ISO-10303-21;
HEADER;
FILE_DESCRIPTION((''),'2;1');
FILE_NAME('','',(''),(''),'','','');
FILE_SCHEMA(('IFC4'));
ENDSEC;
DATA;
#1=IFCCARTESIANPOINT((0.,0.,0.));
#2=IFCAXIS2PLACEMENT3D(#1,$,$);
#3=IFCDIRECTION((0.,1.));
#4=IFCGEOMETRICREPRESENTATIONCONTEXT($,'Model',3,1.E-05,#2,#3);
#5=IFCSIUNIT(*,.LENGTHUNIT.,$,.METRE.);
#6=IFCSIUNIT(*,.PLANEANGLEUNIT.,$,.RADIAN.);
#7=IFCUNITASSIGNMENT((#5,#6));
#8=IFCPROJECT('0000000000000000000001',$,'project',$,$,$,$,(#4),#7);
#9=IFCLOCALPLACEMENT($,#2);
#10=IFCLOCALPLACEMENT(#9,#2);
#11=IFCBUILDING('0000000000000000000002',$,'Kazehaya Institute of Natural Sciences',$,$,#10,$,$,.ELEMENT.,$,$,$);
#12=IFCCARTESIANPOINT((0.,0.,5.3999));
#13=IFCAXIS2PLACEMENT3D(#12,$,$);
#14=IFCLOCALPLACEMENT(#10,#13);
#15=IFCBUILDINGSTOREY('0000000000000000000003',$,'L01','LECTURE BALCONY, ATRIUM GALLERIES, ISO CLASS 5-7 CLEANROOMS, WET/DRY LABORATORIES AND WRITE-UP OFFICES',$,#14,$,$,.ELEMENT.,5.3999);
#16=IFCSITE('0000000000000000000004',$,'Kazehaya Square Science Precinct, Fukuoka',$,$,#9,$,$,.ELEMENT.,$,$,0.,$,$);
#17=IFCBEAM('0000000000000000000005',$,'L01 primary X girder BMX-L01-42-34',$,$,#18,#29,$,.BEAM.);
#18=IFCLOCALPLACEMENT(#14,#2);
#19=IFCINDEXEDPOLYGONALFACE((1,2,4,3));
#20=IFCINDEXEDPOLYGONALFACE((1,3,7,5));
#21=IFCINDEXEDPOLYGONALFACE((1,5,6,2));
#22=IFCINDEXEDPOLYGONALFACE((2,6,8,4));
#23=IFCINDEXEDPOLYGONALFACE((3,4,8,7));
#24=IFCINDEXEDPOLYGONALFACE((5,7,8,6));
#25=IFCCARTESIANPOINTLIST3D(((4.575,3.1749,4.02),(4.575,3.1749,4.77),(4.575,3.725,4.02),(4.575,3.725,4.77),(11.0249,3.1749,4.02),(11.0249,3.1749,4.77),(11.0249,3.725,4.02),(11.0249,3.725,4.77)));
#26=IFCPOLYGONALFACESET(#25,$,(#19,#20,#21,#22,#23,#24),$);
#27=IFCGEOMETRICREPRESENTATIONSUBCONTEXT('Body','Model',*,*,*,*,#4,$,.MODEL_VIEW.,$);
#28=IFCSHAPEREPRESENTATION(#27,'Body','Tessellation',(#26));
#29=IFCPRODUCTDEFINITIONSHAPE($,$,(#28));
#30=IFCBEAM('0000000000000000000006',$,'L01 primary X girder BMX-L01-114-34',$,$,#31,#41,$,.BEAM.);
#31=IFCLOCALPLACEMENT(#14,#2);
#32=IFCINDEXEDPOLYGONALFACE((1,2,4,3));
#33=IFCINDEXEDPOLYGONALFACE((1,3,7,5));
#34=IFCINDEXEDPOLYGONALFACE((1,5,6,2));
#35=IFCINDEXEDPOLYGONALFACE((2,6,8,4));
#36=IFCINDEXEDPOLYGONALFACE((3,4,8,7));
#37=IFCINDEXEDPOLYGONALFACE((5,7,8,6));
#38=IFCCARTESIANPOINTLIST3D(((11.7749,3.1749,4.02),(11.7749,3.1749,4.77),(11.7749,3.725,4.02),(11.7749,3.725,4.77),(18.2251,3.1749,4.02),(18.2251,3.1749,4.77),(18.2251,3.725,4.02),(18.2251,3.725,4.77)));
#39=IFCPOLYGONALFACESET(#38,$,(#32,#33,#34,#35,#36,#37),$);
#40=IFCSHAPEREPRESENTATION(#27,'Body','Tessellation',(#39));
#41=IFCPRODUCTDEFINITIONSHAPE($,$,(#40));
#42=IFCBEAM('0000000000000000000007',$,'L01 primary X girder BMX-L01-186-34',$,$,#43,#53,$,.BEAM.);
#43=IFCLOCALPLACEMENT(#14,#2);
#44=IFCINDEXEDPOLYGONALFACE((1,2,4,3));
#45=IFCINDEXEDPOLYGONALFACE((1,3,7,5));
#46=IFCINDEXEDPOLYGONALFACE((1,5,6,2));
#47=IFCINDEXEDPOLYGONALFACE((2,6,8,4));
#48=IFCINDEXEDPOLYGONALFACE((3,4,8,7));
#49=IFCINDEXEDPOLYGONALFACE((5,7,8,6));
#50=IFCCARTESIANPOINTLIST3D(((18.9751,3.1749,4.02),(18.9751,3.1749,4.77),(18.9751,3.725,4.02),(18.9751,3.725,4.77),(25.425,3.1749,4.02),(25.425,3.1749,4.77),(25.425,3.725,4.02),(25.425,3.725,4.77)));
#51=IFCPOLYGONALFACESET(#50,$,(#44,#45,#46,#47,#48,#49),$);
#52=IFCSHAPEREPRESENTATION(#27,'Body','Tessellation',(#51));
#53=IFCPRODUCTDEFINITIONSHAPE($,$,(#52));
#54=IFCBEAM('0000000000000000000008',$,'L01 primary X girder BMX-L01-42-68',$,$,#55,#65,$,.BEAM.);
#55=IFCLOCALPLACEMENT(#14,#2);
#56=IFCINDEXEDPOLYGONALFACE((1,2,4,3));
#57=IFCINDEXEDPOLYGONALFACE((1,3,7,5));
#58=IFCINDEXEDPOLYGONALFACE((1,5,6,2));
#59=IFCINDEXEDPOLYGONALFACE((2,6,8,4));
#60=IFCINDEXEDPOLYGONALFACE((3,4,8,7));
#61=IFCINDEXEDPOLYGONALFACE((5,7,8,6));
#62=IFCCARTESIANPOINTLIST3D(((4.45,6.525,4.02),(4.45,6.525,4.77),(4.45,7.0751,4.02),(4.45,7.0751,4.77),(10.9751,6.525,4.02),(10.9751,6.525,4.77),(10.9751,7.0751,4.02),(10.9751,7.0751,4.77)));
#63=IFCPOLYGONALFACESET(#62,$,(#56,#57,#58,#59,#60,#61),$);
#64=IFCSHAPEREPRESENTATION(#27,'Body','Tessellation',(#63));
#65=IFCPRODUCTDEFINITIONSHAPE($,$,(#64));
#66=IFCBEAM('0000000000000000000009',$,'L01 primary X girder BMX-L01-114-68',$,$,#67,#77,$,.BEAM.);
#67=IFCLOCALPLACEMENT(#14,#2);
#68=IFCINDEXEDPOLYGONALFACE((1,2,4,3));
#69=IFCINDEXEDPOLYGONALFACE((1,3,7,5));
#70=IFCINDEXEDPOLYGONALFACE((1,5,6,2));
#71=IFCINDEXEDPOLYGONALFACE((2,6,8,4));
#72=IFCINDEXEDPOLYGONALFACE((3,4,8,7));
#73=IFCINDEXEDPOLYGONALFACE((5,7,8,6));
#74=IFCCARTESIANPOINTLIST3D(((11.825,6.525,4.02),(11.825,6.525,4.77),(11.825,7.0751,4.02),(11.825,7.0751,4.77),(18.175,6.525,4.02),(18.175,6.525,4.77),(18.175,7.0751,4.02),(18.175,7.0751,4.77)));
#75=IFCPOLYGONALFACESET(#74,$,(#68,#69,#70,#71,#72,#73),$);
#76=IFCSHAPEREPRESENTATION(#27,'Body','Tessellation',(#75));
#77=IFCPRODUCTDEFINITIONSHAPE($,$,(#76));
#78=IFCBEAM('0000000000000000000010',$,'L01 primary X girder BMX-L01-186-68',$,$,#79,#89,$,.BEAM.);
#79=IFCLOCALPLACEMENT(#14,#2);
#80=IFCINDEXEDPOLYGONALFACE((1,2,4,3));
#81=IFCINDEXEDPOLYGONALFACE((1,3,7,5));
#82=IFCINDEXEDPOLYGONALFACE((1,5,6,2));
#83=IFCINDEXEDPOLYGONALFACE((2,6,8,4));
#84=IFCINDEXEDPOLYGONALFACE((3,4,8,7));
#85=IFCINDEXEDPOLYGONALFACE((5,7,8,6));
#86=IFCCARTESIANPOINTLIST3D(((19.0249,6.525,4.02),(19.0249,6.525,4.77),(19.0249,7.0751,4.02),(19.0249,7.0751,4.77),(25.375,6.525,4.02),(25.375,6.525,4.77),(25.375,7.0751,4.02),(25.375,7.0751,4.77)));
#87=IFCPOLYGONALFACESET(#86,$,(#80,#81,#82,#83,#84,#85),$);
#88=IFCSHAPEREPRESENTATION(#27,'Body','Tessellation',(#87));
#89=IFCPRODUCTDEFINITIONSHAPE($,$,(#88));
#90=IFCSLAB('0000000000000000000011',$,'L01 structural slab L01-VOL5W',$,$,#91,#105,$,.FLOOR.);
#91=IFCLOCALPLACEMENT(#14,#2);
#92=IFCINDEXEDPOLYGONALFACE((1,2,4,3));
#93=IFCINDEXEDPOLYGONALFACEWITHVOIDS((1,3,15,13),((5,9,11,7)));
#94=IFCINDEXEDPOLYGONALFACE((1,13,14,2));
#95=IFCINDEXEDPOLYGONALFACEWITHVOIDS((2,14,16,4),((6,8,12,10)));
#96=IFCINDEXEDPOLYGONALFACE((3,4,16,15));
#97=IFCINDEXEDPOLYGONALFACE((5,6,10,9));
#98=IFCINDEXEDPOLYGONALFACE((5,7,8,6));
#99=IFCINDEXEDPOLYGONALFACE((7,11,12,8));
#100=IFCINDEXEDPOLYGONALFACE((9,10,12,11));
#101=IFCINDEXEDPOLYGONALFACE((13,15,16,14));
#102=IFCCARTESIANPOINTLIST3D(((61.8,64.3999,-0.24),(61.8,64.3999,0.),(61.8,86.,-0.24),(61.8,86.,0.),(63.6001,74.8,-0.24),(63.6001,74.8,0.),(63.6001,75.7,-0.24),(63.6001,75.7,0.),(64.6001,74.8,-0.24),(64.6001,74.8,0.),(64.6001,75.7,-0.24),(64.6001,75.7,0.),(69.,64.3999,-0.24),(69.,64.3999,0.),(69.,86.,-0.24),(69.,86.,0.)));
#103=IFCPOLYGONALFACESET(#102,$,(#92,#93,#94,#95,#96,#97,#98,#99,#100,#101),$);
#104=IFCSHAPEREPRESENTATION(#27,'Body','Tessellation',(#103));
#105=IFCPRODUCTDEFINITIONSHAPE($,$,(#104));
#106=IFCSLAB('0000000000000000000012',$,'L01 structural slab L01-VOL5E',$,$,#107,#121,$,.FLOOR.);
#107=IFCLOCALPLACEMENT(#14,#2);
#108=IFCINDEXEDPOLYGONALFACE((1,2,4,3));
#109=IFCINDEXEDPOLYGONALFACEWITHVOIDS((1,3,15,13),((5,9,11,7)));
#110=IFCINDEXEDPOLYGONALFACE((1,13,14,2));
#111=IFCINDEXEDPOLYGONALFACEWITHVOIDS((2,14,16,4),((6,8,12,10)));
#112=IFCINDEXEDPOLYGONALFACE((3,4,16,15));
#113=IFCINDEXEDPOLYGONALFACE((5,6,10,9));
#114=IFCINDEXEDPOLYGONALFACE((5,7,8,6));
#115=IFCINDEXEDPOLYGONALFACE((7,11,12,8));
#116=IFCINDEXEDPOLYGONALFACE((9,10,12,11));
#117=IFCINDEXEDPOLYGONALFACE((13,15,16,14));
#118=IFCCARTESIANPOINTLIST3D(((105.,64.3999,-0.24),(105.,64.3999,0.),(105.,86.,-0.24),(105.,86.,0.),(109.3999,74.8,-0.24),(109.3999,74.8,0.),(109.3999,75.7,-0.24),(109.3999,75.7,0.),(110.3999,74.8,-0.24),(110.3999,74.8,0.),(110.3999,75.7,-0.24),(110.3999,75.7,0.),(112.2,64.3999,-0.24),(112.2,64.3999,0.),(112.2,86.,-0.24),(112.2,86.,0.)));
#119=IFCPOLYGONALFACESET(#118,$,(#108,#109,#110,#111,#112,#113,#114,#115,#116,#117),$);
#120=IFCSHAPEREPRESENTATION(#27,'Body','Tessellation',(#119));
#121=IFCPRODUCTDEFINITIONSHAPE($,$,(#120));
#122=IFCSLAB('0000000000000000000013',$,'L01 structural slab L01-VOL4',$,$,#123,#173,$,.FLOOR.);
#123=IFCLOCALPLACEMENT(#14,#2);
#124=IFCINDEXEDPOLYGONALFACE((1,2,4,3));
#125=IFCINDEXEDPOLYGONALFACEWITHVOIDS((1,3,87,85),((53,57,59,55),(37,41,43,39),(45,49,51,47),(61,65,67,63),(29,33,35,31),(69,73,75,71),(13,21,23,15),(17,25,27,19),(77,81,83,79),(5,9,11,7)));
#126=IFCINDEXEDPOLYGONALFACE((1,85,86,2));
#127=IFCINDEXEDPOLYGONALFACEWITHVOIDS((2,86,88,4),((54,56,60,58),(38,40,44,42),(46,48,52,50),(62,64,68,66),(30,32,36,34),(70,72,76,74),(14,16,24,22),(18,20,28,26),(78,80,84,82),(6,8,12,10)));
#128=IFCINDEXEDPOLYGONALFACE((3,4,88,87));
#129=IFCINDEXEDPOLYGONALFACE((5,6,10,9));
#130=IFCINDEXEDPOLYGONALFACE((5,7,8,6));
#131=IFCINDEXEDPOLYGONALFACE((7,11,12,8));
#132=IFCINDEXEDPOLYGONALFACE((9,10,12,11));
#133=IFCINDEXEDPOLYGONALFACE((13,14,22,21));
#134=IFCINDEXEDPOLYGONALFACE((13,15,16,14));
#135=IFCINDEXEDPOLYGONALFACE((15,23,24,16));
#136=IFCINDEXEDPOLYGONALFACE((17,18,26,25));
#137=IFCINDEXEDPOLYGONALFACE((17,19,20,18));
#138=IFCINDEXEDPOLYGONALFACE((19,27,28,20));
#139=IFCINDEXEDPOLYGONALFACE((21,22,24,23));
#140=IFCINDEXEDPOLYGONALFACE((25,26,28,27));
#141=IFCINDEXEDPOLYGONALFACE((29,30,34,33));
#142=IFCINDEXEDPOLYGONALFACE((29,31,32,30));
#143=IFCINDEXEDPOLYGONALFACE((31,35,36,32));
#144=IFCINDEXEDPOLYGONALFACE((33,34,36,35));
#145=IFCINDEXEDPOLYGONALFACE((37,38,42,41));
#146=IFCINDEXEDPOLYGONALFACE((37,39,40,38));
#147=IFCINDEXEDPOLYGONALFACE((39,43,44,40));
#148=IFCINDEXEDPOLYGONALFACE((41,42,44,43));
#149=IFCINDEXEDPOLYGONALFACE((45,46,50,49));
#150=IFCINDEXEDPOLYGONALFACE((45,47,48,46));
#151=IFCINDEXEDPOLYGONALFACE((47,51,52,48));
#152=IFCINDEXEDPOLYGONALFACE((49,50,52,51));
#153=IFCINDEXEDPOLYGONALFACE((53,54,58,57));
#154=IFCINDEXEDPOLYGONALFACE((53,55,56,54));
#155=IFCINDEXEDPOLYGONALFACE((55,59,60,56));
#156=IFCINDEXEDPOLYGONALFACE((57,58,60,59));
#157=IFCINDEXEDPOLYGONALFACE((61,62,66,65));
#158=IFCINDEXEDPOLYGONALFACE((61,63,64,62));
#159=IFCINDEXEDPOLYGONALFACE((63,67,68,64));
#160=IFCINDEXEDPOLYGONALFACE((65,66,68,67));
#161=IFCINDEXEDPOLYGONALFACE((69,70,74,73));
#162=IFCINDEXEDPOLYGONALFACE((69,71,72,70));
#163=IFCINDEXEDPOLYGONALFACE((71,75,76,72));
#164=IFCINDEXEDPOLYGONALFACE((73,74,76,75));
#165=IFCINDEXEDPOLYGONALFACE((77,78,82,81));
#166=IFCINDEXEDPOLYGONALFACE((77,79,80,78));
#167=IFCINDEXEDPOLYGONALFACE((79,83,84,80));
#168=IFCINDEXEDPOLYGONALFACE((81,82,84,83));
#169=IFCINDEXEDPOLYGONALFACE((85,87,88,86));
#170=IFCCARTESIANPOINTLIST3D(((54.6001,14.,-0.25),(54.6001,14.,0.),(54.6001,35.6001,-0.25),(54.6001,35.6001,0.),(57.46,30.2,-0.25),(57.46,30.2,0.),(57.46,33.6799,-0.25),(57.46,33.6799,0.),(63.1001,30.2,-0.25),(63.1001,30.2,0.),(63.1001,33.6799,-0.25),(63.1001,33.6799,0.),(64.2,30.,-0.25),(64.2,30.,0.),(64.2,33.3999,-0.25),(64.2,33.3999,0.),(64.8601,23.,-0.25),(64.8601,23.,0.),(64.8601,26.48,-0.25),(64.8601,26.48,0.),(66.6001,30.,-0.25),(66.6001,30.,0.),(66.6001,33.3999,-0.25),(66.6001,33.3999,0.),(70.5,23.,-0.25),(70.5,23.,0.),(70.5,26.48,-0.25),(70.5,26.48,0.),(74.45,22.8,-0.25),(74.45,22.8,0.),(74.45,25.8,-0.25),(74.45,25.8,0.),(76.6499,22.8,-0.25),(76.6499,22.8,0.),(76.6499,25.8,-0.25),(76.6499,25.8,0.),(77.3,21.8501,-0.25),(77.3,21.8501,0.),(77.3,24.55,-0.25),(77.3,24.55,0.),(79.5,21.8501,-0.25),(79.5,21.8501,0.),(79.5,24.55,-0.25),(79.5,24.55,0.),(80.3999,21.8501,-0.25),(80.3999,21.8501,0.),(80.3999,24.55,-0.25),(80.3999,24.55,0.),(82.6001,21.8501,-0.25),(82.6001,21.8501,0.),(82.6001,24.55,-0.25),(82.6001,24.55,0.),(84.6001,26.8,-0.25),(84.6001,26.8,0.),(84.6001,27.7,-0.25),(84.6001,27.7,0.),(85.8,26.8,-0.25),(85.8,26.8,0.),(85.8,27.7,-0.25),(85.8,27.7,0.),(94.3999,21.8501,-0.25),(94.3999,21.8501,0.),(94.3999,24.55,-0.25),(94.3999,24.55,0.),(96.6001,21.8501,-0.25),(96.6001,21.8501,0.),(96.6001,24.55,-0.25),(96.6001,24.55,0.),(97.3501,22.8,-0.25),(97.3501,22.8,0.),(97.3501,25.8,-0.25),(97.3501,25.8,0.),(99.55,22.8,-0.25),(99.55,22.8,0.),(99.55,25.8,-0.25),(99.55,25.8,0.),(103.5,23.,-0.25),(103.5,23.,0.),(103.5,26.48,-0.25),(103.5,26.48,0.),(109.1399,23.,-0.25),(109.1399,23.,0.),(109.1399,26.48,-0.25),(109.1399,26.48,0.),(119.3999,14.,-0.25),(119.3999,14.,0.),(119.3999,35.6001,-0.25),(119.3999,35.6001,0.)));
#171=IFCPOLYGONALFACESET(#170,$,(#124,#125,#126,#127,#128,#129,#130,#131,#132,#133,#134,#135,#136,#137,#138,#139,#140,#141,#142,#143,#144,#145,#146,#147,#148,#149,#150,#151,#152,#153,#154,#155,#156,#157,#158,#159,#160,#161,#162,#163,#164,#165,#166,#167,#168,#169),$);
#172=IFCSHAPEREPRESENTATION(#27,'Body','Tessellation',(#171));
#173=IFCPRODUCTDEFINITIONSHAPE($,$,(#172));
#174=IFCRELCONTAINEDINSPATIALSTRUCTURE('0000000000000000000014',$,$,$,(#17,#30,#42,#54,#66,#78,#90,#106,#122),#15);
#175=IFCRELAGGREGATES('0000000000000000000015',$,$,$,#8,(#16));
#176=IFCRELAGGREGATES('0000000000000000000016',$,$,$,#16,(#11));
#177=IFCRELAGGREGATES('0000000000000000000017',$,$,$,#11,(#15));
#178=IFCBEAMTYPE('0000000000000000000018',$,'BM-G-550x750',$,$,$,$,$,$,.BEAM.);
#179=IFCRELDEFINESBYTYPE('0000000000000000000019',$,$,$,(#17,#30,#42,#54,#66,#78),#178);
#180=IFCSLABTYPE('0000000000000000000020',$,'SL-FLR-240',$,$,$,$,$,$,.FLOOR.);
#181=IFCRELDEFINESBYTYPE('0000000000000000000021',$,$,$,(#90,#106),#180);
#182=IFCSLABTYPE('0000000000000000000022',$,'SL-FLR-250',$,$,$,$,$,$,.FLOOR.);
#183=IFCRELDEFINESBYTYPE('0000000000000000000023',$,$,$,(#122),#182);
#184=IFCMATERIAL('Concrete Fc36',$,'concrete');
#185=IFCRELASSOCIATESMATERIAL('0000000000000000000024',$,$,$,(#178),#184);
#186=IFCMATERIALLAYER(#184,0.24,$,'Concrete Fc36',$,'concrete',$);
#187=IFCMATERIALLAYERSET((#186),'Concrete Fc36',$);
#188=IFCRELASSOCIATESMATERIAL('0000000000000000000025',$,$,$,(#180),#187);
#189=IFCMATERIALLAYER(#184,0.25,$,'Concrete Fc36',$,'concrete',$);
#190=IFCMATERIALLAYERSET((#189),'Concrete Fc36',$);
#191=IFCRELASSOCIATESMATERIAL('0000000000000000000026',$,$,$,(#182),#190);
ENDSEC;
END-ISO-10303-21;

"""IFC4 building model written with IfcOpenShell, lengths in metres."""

from ifc_helpers import new_model, si_unit, direction, frame, origin, origin_2d, place, context, subcontext, project, spatial, polyline, rectangle, outline, extrude, material, layer, layer_set, material_profile, profile_set, type_object, element, save


model = new_model("IFC4")

# Units and contexts
model_context = context("Model", 3, precision=1e-05, world=origin(), true_north=direction((0.0, 1.0)))
body_context = subcontext(model_context, "Body", "Model", "MODEL_VIEW")
ifc_project = project(units=[si_unit("LENGTHUNIT", "METRE"), si_unit("PLANEANGLEUNIT", "RADIAN")], contexts=[model_context])

# Site, building, storey
site_placement = place(None, origin())
site = spatial("IfcSite", under=ifc_project, at=site_placement, Name="Kazehaya Square Science Precinct, Fukuoka", CompositionType="ELEMENT", RefElevation=0.0)
building_placement = place(site_placement, origin())
building = spatial("IfcBuilding", under=site, at=building_placement, Name="Kazehaya Institute of Natural Sciences", CompositionType="ELEMENT")
storey_placement = place(building_placement, frame((0.0, 0.0, 5.3999)))
storey = spatial("IfcBuildingStorey", under=building, at=storey_placement, Name="L01", Description="LECTURE BALCONY, ATRIUM GALLERIES, ISO CLASS 5-7 CLEANROOMS, WET/DRY LABORATORIES AND WRITE-UP OFFICES", CompositionType="ELEMENT", Elevation=5.3999)

# Shared definitions
ifc_material_1 = material(Name="Concrete Fc36", Category="concrete")

# Beams
ifc_material_profile_1 = material_profile(ifc_material_1, rectangle(XDim=0.55, YDim=0.75, at=origin_2d()), Name="RC-550x750")
ifc_profile_set_1 = profile_set([ifc_material_profile_1], Name="Concrete Fc36")
beam_type_1 = type_object("IfcBeamType", Name="BM-G-550x750", PredefinedType="BEAM", material=ifc_profile_set_1)
beam_1_placement = place(storey_placement, frame((4.575, 3.45, 4.395), z_axis=(1.0, 0.0, 0.0), x_axis=(0.0, 1.0, 0.0)))
element("IfcBeam", 1, at=beam_1_placement, inside=storey, type_object=beam_type_1, Name="L01 primary X girder BMX-L01-42-34", PredefinedType="BEAM", context=body_context, shape_type="SweptSolid", body=[
    extrude(rectangle(XDim=0.55, YDim=0.75, at=origin_2d()), origin(), (0.0, 0.0, 1.0), 6.45),
])
beam_2_placement = place(storey_placement, frame((11.7749, 3.45, 4.395), z_axis=(1.0, 0.0, 0.0), x_axis=(0.0, 1.0, 0.0)))
element("IfcBeam", 2, at=beam_2_placement, inside=storey, type_object=beam_type_1, Name="L01 primary X girder BMX-L01-114-34", PredefinedType="BEAM", context=body_context, shape_type="SweptSolid", body=[
    extrude(rectangle(XDim=0.55, YDim=0.75, at=origin_2d()), origin(), (0.0, 0.0, 1.0), 6.4502),
])
beam_3_placement = place(storey_placement, frame((18.9751, 3.45, 4.395), z_axis=(1.0, 0.0, 0.0), x_axis=(0.0, 1.0, 0.0)))
element("IfcBeam", 3, at=beam_3_placement, inside=storey, type_object=beam_type_1, Name="L01 primary X girder BMX-L01-186-34", PredefinedType="BEAM", context=body_context, shape_type="SweptSolid", body=[
    extrude(rectangle(XDim=0.55, YDim=0.75, at=origin_2d()), origin(), (0.0, 0.0, 1.0), 6.45),
])
beam_4_placement = place(storey_placement, frame((4.45, 6.8, 4.395), z_axis=(1.0, 0.0, 0.0), x_axis=(0.0, 1.0, 0.0)))
element("IfcBeam", 4, at=beam_4_placement, inside=storey, type_object=beam_type_1, Name="L01 primary X girder BMX-L01-42-68", PredefinedType="BEAM", context=body_context, shape_type="SweptSolid", body=[
    extrude(rectangle(XDim=0.55, YDim=0.75, at=origin_2d()), origin(), (0.0, 0.0, 1.0), 6.5251),
])
for number, where, z_axis, x_axis, name in (
    (5, (11.825, 6.8, 4.395), (1.0, 0.0, 0.0), (0.0, 1.0, 0.0), "L01 primary X girder BMX-L01-114-68"),
    (6, (19.0249, 6.8, 4.395), (1.0, 0.0, 0.0), (0.0, 1.0, 0.0), "L01 primary X girder BMX-L01-186-68"),
):
    element("IfcBeam", number, at=place(storey_placement, frame(where, z_axis=z_axis, x_axis=x_axis)), inside=storey, type_object=beam_type_1, Name=name, PredefinedType="BEAM", context=body_context, shape_type="SweptSolid", body=[
        extrude(rectangle(XDim=0.55, YDim=0.75, at=origin_2d()), origin(), (0.0, 0.0, 1.0), 6.3501),
    ])

# Slabs
ifc_layer_1 = layer(ifc_material_1, 0.24, Name="Concrete Fc36", Category="concrete")
ifc_layer_set_1 = layer_set([ifc_layer_1], Name="Concrete Fc36")
slab_type_1 = type_object("IfcSlabType", Name="SL-FLR-240", PredefinedType="FLOOR", material=ifc_layer_set_1)
slab_1_placement = place(storey_placement, frame((0.0, 0.0, -0.24)))
element("IfcSlab", 7, at=slab_1_placement, inside=storey, type_object=slab_type_1, Name="L01 structural slab L01-VOL5W", PredefinedType="FLOOR", context=body_context, shape_type="SweptSolid", body=[
    extrude(outline(polyline([(61.8, 64.3999), (69.0, 64.3999), (69.0, 86.0), (61.8, 86.0), (61.8, 64.3999)]), holes=[polyline([(63.6001, 74.8), (64.6001, 74.8), (64.6001, 75.7), (63.6001, 75.7), (63.6001, 74.8)])]), origin(), (0.0, 0.0, 1.0), 0.24),
])
slab_2_placement = place(storey_placement, frame((0.0, 0.0, -0.24)))
element("IfcSlab", 8, at=slab_2_placement, inside=storey, type_object=slab_type_1, Name="L01 structural slab L01-VOL5E", PredefinedType="FLOOR", context=body_context, shape_type="SweptSolid", body=[
    extrude(outline(polyline([(105.0, 64.3999), (112.2, 64.3999), (112.2, 86.0), (105.0, 86.0), (105.0, 64.3999)]), holes=[polyline([(109.3999, 74.8), (110.3999, 74.8), (110.3999, 75.7), (109.3999, 75.7), (109.3999, 74.8)])]), origin(), (0.0, 0.0, 1.0), 0.24),
])
ifc_layer_2 = layer(ifc_material_1, 0.25, Name="Concrete Fc36", Category="concrete")
ifc_layer_set_2 = layer_set([ifc_layer_2], Name="Concrete Fc36")
slab_type_2 = type_object("IfcSlabType", Name="SL-FLR-250", PredefinedType="FLOOR", material=ifc_layer_set_2)
slab_3_placement = place(storey_placement, frame((0.0, 0.0, -0.25)))
element("IfcSlab", 9, at=slab_3_placement, inside=storey, type_object=slab_type_2, Name="L01 structural slab L01-VOL4", PredefinedType="FLOOR", context=body_context, shape_type="SweptSolid", body=[
    extrude(outline(polyline([(54.6001, 14.0), (119.3999, 14.0), (119.3999, 35.6001), (54.6001, 35.6001), (54.6001, 14.0)]), holes=[polyline([(84.6001, 26.8), (85.8, 26.8), (85.8, 27.7), (84.6001, 27.7), (84.6001, 26.8)]), polyline([(64.8601, 23.0), (70.5, 23.0), (70.5, 26.48), (64.8601, 26.48), (64.8601, 23.0)]), polyline([(103.5, 23.0), (109.1399, 23.0), (109.1399, 26.48), (103.5, 26.48), (103.5, 23.0)]), polyline([(57.46, 30.2), (63.1001, 30.2), (63.1001, 33.6799), (57.46, 33.6799), (57.46, 30.2)]), polyline([(74.45, 22.8), (76.6499, 22.8), (76.6499, 25.8), (74.45, 25.8), (74.45, 22.8)]), polyline([(97.3501, 22.8), (99.55, 22.8), (99.55, 25.8), (97.3501, 25.8), (97.3501, 22.8)]), polyline([(77.3, 21.8501), (79.5, 21.8501), (79.5, 24.55), (77.3, 24.55), (77.3, 21.8501)]), polyline([(80.3999, 21.8501), (82.6001, 21.8501), (82.6001, 24.55), (80.3999, 24.55), (80.3999, 21.8501)]), polyline([(94.3999, 21.8501), (96.6001, 21.8501), (96.6001, 24.55), (94.3999, 24.55), (94.3999, 21.8501)]), polyline([(64.2, 30.0), (66.6001, 30.0), (66.6001, 33.3999), (64.2, 33.3999), (64.2, 30.0)])]), origin(), (0.0, 0.0, 1.0), 0.25),
])

save(model, "model.ifc")
